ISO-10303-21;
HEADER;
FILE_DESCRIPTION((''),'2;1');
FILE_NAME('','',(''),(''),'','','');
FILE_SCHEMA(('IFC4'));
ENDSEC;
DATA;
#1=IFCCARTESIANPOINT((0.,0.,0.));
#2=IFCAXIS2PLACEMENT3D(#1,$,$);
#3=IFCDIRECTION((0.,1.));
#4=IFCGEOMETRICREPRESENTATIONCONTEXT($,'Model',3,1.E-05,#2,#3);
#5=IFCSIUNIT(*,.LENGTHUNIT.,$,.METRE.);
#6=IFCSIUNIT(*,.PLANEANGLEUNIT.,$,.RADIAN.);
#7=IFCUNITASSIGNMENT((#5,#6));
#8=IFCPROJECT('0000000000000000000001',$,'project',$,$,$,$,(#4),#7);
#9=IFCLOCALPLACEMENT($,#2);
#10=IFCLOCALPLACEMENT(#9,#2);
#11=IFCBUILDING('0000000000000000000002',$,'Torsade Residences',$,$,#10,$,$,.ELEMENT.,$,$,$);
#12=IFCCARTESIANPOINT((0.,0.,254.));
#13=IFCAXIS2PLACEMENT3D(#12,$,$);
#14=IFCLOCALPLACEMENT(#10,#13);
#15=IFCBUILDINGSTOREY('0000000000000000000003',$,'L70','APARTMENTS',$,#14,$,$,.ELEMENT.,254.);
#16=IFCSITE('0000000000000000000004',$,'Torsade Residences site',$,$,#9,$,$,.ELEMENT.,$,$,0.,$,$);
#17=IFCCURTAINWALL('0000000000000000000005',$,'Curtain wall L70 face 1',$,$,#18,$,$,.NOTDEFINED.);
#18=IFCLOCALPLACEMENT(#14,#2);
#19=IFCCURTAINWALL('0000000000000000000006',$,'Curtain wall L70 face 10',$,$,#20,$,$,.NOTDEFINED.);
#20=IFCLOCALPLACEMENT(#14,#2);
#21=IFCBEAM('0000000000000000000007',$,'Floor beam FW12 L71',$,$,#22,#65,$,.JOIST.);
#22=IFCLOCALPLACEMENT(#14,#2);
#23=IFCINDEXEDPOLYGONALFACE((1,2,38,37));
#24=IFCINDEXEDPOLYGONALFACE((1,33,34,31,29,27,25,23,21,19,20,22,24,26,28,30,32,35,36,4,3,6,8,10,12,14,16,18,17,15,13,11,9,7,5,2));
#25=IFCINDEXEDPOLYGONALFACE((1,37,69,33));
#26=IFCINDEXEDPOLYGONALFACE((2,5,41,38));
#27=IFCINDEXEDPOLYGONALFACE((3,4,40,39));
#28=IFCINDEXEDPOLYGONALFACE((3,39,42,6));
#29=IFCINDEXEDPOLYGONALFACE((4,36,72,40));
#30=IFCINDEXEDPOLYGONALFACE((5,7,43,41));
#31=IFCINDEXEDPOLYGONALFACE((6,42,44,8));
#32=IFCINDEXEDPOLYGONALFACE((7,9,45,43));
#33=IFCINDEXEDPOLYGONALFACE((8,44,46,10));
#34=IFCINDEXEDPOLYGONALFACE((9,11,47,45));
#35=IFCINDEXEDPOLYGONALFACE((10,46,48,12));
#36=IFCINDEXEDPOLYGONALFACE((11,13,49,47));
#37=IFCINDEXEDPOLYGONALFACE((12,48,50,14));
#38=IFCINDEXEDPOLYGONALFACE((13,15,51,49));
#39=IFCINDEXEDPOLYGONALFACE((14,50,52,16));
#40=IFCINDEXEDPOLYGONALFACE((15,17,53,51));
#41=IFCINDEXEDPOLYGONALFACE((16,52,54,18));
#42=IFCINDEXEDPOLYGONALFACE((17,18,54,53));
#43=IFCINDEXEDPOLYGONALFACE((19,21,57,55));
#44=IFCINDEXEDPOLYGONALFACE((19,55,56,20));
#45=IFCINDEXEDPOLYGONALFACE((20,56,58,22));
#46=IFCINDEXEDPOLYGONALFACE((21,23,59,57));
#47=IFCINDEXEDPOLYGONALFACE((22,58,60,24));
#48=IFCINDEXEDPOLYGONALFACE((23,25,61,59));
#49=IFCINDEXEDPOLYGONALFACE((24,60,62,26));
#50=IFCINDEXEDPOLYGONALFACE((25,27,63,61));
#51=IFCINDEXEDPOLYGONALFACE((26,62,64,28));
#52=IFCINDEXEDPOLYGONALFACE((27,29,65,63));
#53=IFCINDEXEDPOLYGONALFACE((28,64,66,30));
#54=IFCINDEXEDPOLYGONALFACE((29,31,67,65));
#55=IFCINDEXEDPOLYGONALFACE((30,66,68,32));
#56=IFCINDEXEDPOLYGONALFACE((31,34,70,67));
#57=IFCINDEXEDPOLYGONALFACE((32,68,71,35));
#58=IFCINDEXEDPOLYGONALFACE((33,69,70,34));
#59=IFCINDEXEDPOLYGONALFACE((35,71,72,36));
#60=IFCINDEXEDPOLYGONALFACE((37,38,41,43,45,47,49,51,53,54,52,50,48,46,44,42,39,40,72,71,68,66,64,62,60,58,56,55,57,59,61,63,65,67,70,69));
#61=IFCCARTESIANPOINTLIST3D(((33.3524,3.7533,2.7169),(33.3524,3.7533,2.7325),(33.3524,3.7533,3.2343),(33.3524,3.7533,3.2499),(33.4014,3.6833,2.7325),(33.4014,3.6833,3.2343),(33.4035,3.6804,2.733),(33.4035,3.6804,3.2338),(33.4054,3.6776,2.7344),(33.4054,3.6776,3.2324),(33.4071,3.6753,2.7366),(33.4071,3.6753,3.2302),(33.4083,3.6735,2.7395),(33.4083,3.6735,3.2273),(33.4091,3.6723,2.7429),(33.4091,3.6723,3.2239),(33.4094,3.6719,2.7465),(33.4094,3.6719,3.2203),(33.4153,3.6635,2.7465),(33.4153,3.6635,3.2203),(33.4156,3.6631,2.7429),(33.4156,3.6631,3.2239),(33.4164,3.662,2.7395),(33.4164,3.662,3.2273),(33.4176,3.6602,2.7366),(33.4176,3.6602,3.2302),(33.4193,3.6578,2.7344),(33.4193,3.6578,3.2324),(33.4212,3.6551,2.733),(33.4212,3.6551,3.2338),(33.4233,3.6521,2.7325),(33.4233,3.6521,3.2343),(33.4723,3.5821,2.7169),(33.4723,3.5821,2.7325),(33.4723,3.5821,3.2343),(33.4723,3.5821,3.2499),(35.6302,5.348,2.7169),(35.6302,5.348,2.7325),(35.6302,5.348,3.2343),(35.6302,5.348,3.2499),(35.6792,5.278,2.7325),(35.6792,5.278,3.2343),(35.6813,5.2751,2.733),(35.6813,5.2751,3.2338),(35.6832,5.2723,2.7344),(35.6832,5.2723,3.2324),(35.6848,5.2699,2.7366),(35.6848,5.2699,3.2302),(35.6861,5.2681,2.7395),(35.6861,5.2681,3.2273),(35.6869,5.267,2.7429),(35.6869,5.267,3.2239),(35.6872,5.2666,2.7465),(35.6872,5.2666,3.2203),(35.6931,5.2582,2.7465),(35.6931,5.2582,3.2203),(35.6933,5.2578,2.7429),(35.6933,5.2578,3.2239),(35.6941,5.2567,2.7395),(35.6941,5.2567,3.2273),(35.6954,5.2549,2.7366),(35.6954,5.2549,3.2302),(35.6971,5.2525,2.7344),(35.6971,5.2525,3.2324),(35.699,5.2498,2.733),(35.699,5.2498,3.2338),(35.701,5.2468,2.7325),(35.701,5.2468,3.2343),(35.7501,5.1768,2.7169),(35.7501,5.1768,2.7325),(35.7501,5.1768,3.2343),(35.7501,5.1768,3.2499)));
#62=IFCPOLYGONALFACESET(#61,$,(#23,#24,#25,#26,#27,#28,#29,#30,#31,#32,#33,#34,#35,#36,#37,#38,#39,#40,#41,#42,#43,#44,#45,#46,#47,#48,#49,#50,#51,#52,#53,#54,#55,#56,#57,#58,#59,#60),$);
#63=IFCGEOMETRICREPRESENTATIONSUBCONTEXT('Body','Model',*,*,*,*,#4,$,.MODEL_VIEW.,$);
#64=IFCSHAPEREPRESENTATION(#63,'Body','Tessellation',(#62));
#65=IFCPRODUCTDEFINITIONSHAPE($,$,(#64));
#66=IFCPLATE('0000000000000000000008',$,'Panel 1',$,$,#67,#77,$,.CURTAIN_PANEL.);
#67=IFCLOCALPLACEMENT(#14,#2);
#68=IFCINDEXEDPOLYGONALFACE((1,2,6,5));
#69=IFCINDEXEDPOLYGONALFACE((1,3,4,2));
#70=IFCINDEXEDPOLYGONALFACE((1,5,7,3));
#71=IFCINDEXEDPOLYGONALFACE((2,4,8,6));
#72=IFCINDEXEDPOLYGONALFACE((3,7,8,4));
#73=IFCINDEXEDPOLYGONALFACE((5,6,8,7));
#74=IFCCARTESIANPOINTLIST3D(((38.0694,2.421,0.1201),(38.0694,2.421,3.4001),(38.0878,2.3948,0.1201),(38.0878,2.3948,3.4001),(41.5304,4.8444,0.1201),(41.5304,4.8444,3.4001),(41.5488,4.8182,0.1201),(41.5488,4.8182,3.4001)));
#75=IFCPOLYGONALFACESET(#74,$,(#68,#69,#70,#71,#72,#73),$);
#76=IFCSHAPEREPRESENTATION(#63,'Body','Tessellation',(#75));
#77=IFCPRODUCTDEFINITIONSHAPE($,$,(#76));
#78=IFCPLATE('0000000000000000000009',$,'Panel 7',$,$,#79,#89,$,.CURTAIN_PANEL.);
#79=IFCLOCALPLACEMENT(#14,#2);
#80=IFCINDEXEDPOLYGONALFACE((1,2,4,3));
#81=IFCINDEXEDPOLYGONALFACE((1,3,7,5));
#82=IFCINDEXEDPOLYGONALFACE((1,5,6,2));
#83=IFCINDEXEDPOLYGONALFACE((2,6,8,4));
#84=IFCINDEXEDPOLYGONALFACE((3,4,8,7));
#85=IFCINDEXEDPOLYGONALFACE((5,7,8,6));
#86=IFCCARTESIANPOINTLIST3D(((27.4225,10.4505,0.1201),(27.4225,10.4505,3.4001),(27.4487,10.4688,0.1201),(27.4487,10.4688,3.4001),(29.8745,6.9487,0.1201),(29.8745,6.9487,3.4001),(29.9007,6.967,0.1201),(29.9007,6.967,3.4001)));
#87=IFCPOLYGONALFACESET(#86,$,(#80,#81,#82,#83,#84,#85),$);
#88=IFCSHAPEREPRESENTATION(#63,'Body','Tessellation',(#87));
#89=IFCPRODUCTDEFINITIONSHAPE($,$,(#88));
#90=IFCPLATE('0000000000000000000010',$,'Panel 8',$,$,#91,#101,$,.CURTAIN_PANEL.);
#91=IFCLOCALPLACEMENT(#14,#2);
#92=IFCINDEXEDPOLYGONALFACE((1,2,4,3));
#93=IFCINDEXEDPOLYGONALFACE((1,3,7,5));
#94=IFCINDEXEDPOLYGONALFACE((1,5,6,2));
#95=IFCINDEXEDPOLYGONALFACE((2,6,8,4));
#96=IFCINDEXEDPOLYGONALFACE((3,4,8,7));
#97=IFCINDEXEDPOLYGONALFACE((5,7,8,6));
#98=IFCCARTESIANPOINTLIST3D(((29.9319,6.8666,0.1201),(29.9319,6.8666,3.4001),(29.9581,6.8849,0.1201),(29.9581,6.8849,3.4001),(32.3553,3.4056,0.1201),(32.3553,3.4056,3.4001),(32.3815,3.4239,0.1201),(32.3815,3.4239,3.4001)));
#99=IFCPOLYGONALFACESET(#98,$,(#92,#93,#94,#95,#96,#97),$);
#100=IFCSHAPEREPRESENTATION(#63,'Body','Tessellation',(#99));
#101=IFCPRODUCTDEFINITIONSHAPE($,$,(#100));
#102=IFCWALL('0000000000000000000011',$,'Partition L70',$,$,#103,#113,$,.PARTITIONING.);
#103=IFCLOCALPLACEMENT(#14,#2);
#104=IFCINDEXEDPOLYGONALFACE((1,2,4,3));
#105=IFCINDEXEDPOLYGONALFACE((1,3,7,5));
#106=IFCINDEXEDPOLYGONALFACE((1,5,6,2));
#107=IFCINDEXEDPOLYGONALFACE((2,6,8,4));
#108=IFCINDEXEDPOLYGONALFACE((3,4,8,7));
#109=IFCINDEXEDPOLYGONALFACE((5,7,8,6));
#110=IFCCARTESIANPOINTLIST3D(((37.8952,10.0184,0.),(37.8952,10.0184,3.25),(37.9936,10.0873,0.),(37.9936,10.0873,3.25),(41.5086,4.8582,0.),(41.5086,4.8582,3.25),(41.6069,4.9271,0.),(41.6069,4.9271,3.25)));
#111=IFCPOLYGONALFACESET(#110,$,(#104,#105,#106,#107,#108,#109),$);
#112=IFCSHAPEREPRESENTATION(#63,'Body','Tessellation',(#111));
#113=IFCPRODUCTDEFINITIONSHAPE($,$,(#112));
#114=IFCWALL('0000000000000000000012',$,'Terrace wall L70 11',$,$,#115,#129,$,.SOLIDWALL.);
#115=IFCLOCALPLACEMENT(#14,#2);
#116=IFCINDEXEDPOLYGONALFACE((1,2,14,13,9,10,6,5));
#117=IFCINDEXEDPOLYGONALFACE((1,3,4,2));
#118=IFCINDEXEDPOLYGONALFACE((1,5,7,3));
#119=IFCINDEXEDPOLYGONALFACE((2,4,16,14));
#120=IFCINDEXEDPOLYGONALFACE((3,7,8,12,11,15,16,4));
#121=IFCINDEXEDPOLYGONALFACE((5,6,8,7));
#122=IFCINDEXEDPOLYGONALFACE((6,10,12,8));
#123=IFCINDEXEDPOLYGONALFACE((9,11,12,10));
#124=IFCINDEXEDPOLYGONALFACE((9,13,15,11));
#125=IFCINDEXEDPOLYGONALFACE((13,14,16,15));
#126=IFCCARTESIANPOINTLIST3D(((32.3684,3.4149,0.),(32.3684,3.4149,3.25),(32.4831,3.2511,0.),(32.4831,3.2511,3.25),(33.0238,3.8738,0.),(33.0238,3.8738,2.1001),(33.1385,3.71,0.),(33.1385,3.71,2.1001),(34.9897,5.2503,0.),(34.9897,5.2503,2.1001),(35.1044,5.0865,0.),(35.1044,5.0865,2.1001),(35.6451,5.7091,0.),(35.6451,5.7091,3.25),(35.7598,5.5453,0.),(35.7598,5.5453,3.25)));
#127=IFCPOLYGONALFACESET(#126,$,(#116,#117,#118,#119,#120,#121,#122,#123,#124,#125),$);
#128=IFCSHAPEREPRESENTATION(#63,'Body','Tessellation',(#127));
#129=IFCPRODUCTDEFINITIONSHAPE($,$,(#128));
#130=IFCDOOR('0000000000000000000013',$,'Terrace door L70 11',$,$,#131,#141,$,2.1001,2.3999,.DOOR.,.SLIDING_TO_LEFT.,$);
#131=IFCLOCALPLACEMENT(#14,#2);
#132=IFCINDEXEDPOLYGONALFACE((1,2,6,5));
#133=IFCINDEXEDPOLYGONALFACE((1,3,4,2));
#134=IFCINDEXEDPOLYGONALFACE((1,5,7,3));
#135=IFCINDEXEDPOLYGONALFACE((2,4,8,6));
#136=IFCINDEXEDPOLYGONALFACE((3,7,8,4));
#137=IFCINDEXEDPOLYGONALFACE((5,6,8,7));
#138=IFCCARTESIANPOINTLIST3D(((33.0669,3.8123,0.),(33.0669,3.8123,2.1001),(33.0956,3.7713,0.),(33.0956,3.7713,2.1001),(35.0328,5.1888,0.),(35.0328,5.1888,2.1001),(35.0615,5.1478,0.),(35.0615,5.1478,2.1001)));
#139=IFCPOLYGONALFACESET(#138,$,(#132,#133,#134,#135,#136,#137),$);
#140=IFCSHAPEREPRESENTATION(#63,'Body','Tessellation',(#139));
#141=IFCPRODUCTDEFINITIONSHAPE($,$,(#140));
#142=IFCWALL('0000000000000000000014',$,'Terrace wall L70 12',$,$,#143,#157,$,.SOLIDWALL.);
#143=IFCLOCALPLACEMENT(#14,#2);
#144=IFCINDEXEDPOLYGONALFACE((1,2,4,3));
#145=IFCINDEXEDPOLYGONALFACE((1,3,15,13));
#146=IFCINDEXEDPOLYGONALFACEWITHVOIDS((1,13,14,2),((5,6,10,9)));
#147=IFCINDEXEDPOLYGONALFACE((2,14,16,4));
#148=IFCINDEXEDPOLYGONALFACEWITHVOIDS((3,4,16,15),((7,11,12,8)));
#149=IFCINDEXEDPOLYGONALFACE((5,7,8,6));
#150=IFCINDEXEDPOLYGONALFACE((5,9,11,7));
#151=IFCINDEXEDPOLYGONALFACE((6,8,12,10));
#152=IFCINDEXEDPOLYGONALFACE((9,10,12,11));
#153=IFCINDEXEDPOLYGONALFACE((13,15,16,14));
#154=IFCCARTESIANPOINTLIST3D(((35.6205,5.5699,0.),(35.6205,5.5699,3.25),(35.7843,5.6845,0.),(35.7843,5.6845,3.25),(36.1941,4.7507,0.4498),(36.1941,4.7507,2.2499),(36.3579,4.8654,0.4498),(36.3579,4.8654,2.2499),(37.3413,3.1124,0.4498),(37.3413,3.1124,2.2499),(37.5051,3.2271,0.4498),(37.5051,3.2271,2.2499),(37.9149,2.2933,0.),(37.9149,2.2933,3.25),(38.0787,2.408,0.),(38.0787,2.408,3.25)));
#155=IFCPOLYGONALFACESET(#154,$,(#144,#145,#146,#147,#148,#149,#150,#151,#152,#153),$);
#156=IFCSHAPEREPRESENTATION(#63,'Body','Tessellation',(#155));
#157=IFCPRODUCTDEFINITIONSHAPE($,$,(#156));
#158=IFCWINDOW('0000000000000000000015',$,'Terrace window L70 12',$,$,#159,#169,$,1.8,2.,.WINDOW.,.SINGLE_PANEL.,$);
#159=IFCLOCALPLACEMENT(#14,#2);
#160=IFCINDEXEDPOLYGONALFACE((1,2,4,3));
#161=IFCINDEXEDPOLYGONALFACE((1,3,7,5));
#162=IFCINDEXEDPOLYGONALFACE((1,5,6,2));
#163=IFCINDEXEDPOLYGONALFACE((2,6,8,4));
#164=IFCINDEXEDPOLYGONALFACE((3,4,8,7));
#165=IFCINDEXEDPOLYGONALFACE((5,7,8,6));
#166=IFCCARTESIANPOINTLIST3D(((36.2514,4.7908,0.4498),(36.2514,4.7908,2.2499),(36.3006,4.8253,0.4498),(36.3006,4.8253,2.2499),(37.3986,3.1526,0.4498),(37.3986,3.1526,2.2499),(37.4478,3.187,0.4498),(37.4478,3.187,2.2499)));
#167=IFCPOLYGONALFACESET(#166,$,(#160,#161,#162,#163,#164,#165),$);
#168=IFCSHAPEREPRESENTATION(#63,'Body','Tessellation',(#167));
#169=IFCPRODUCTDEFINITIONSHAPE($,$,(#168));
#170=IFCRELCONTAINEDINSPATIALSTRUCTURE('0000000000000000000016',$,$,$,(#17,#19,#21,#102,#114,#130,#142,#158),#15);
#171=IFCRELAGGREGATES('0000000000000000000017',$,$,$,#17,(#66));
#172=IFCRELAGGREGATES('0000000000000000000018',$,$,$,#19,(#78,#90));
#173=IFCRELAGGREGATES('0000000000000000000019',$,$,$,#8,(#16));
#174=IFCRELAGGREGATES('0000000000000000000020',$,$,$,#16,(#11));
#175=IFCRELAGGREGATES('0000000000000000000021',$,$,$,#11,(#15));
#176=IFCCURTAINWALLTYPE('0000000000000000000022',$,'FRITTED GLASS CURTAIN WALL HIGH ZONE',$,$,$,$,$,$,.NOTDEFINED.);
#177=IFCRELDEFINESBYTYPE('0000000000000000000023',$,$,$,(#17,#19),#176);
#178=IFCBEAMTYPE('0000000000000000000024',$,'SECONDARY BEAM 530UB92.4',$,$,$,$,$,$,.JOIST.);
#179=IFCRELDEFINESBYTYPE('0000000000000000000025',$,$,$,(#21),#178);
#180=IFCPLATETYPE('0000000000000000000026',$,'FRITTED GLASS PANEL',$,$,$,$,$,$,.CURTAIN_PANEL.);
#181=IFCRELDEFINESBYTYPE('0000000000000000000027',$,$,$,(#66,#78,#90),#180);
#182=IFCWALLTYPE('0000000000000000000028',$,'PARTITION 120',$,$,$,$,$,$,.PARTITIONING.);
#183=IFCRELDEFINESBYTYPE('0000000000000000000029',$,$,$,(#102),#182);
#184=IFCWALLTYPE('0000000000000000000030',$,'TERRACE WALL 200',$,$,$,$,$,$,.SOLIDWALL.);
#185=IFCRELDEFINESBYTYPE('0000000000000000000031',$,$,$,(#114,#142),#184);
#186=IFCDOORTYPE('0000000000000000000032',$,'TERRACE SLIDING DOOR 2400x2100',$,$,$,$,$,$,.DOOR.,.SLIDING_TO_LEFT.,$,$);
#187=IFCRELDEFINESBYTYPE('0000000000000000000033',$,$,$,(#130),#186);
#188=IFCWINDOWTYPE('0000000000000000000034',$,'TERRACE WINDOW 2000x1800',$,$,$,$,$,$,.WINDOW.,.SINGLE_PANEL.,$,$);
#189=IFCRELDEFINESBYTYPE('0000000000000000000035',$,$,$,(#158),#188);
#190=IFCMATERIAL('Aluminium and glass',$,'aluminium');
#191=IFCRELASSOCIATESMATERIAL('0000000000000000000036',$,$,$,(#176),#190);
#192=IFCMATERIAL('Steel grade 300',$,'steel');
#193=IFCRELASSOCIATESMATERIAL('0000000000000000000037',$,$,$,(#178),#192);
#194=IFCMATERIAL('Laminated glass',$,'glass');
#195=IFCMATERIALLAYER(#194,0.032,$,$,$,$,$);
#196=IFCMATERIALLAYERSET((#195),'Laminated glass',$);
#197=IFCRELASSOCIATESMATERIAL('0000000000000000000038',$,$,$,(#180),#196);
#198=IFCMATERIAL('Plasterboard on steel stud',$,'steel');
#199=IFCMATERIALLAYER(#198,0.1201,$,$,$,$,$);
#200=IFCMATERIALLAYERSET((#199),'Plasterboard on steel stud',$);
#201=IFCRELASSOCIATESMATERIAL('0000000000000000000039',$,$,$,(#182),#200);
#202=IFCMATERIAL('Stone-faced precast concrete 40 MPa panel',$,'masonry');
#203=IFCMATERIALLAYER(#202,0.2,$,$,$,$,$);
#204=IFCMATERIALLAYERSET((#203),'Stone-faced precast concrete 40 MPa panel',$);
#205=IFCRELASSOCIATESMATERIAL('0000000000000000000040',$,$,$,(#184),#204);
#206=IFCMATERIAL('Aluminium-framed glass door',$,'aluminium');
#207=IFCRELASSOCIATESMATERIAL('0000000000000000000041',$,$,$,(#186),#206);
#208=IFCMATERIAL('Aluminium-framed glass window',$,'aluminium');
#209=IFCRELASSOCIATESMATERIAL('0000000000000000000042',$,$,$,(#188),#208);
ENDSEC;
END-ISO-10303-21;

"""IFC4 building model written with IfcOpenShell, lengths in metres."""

from ifc_helpers import new_model, si_unit, direction, frame, frame_2d, origin, origin_2d, place, context, subcontext, project, spatial, rectangle, i_section, extrude, material, layer, layer_set, material_profile, profile_set, type_object, element, fill, aggregate, save


model = new_model("IFC4")

# Units and contexts
model_context = context("Model", 3, precision=1e-05, world=origin(), true_north=direction((0.0, 1.0)))
body_context = subcontext(model_context, "Body", "Model", "MODEL_VIEW")
ifc_project = project(units=[si_unit("LENGTHUNIT", "METRE"), si_unit("PLANEANGLEUNIT", "RADIAN")], contexts=[model_context])

# Site, building, storey
site_placement = place(None, origin())
site = spatial("IfcSite", under=ifc_project, at=site_placement, Name="Torsade Residences site", CompositionType="ELEMENT", RefElevation=0.0)
building_placement = place(site_placement, origin())
building = spatial("IfcBuilding", under=site, at=building_placement, Name="Torsade Residences", CompositionType="ELEMENT")
storey_placement = place(building_placement, frame((0.0, 0.0, 254.0)))
storey = spatial("IfcBuildingStorey", under=building, at=storey_placement, Name="L70", Description="APARTMENTS", CompositionType="ELEMENT", Elevation=254.0)

# Curtain wall
ifc_material_1 = material(Name="Aluminium and glass", Category="aluminium")
curtain_wall_type = type_object("IfcCurtainWallType", Name="FRITTED GLASS CURTAIN WALL HIGH ZONE", PredefinedType="NOTDEFINED", material=ifc_material_1)
curtain_wall_1_placement = place(storey_placement, origin())
curtain_wall_1 = element("IfcCurtainWall", 1, at=curtain_wall_1_placement, inside=storey, type_object=curtain_wall_type, Name="Curtain wall L70 face 1", PredefinedType="NOTDEFINED")

# Curtain wall
curtain_wall_2_placement = place(storey_placement, origin())
curtain_wall_2 = element("IfcCurtainWall", 2, at=curtain_wall_2_placement, inside=storey, type_object=curtain_wall_type, Name="Curtain wall L70 face 10", PredefinedType="NOTDEFINED")

# Beam
ifc_material_2 = material(Name="Steel grade 300", Category="steel")
ifc_material_profile_1 = material_profile(ifc_material_2, i_section(OverallWidth=0.209, OverallDepth=0.533, WebThickness=0.0103, FlangeThickness=0.0156, FilletRadius=0.0139, at=origin_2d()), Name="530UB92.4")
ifc_profile_set_1 = profile_set([ifc_material_profile_1], Name="Steel grade 300")
beam_type_1 = type_object("IfcBeamType", Name="SECONDARY BEAM 530UB92.4", PredefinedType="JOIST", material=ifc_profile_set_1)
beam_1_placement = place(storey_placement, frame((33.4124, 3.6677, 2.9834), z_axis=(0.819191, 0.573521, 0.0), x_axis=(-0.573521, 0.819191, 0.0)))
element("IfcBeam", 3, at=beam_1_placement, inside=storey, type_object=beam_type_1, Name="Floor beam FW12 L71", PredefinedType="JOIST", context=body_context, shape_type="SweptSolid", body=[
    extrude(i_section(OverallWidth=0.209, OverallDepth=0.533, WebThickness=0.0103, FlangeThickness=0.0156, FilletRadius=0.0139, at=origin_2d()), origin(), (0.0, 0.0, 1.0), 2.7805),
])

# Plates
ifc_material_3 = material(Name="Laminated glass", Category="glass")
ifc_layer_1 = layer(ifc_material_3, 0.032)
ifc_layer_set_1 = layer_set([ifc_layer_1], Name="Laminated glass")
plate_type = type_object("IfcPlateType", Name="FRITTED GLASS PANEL", PredefinedType="CURTAIN_PANEL", material=ifc_layer_set_1)
plate_1_placement = place(storey_placement, frame((39.8091, 3.6196, 0.1201), z_axis=(0.0, 0.0, 1.0), x_axis=(0.819152, 0.573576, 0.0)))
plate_1 = element("IfcPlate", 4, at=plate_1_placement, type_object=plate_type, Name="Panel 1", PredefinedType="CURTAIN_PANEL", context=body_context, shape_type="SweptSolid", body=[
    extrude(rectangle(XDim=4.2251, YDim=0.032, at=origin_2d()), origin(), (0.0, 0.0, 1.0), 3.28),
])
aggregate(curtain_wall_1, [plate_1])
plate_2_placement = place(storey_placement, frame((28.6616, 8.7087, 0.1201), z_axis=(0.0, 0.0, 1.0), x_axis=(0.573576, -0.819152, 0.0)))
plate_2 = element("IfcPlate", 5, at=plate_2_placement, type_object=plate_type, Name="Panel 7", PredefinedType="CURTAIN_PANEL", context=body_context, shape_type="SweptSolid", body=[
    extrude(rectangle(XDim=4.2749, YDim=0.032, at=origin_2d()), origin(), (0.0, 0.0, 1.0), 3.28),
])
plate_3_placement = place(storey_placement, frame((31.1567, 5.1453, 0.1201), z_axis=(0.0, 0.0, 1.0), x_axis=(0.573576, -0.819152, 0.0)))
plate_3 = element("IfcPlate", 6, at=plate_3_placement, type_object=plate_type, Name="Panel 8", PredefinedType="CURTAIN_PANEL", context=body_context, shape_type="SweptSolid", body=[
    extrude(rectangle(XDim=4.2251, YDim=0.032, at=origin_2d()), origin(), (0.0, 0.0, 1.0), 3.28),
])
aggregate(curtain_wall_2, [plate_2, plate_3])

# Wall
ifc_material_4 = material(Name="Plasterboard on steel stud", Category="steel")
ifc_layer_2 = layer(ifc_material_4, 0.1201)
ifc_layer_set_2 = layer_set([ifc_layer_2], Name="Plasterboard on steel stud")
wall_type_1 = type_object("IfcWallType", Name="PARTITION 120", PredefinedType="PARTITIONING", material=ifc_layer_set_2)
wall_1_placement = place(storey_placement, frame((37.9443, 10.053, 0.0), z_axis=(0.0, 0.0, 1.0), x_axis=(0.573587, -0.819145, 0.0)))
element("IfcWall", 7, at=wall_1_placement, inside=storey, type_object=wall_type_1, Name="Partition L70", PredefinedType="PARTITIONING", context=body_context, shape_type="SweptSolid", body=[
    extrude(rectangle(XDim=6.2996, YDim=0.1201, at=frame_2d((3.1499, 0.0))), origin(), (0.0, 0.0, 1.0), 3.25),
])

# Wall, opening, door
ifc_material_5 = material(Name="Stone-faced precast concrete 40 MPa panel", Category="masonry")
ifc_layer_3 = layer(ifc_material_5, 0.2)
ifc_layer_set_3 = layer_set([ifc_layer_3], Name="Stone-faced precast concrete 40 MPa panel")
wall_type_2 = type_object("IfcWallType", Name="TERRACE WALL 200", PredefinedType="SOLIDWALL", material=ifc_layer_set_3)
wall_2_placement = place(storey_placement, frame((32.4258, 3.333, 0.0), z_axis=(0.0, 0.0, 1.0), x_axis=(0.819166, 0.573557, 0.0)))
wall_2 = element("IfcWall", 8, at=wall_2_placement, inside=storey, type_object=wall_type_2, Name="Terrace wall L70 11", PredefinedType="SOLIDWALL", context=body_context, shape_type="SweptSolid", body=[
    extrude(rectangle(XDim=4.0, YDim=0.2, at=frame_2d((2.0, 0.0))), origin(), (0.0, 0.0, 1.0), 3.25),
])
opening_1_placement = place(wall_2_placement, frame((0.8, 0.0, 0.0)))
opening_1 = element("IfcOpeningElement", 9, at=opening_1_placement, cuts=wall_2, PredefinedType="OPENING", context=body_context, shape_type="SweptSolid", body=[
    extrude(rectangle(XDim=2.3999, YDim=2.1001, at=frame_2d((1.2, 1.05))), frame((0.0, 0.1099, 0.0), z_axis=(0.0, -1.0, 0.0), x_axis=(1.0, 0.0, 0.0)), (0.0, 0.0, 1.0), 0.22),
])
ifc_material_6 = material(Name="Aluminium-framed glass door", Category="aluminium")
door_type = type_object("IfcDoorType", Name="TERRACE SLIDING DOOR 2400x2100", OperationType="SLIDING_TO_LEFT", PredefinedType="DOOR", material=ifc_material_6)
door_placement = place(opening_1_placement, origin())
door = element("IfcDoor", 10, at=door_placement, inside=storey, type_object=door_type, Name="Terrace door L70 11", OperationType="SLIDING_TO_LEFT", OverallHeight=2.1001, OverallWidth=2.3999, PredefinedType="DOOR", context=body_context, shape_type="SweptSolid", body=[
    extrude(rectangle(XDim=2.3999, YDim=2.1001, at=frame_2d((1.2, 1.05))), frame((0.0, 0.0249, 0.0), z_axis=(0.0, -1.0, 0.0), x_axis=(1.0, 0.0, 0.0)), (0.0, 0.0, 1.0), 0.05),
])
fill(opening_1, door)

# Wall, opening, window
wall_3_placement = place(storey_placement, frame((35.7024, 5.6272, 0.0), z_axis=(0.0, 0.0, 1.0), x_axis=(0.573598, -0.819137, 0.0)))
wall_3 = element("IfcWall", 11, at=wall_3_placement, inside=storey, type_object=wall_type_2, Name="Terrace wall L70 12", PredefinedType="SOLIDWALL", context=body_context, shape_type="SweptSolid", body=[
    extrude(rectangle(XDim=4.0, YDim=0.2, at=frame_2d((2.0, 0.0))), origin(), (0.0, 0.0, 1.0), 3.25),
])
opening_2_placement = place(wall_3_placement, frame((1.0, 0.0, 0.45)))
opening_2 = element("IfcOpeningElement", 12, at=opening_2_placement, cuts=wall_3, PredefinedType="OPENING", context=body_context, shape_type="SweptSolid", body=[
    extrude(rectangle(XDim=2.0, YDim=1.8, at=frame_2d((1.0, 0.8999))), frame((0.0, 0.1099, 0.0), z_axis=(0.0, -1.0, 0.0), x_axis=(1.0, 0.0, 0.0)), (0.0, 0.0, 1.0), 0.22),
])
ifc_material_7 = material(Name="Aluminium-framed glass window", Category="aluminium")
window_type = type_object("IfcWindowType", Name="TERRACE WINDOW 2000x1800", PartitioningType="SINGLE_PANEL", PredefinedType="WINDOW", material=ifc_material_7)
window_placement = place(opening_2_placement, origin())
window = element("IfcWindow", 13, at=window_placement, inside=storey, type_object=window_type, Name="Terrace window L70 12", OverallHeight=1.8, OverallWidth=2.0, PartitioningType="SINGLE_PANEL", PredefinedType="WINDOW", context=body_context, shape_type="SweptSolid", body=[
    extrude(rectangle(XDim=2.0, YDim=1.8, at=frame_2d((1.0, 0.8999))), frame((0.0, 0.03, 0.0), z_axis=(0.0, -1.0, 0.0), x_axis=(1.0, 0.0, 0.0)), (0.0, 0.0, 1.0), 0.0601),
])
fill(opening_2, window)

save(model, "model.ifc")
